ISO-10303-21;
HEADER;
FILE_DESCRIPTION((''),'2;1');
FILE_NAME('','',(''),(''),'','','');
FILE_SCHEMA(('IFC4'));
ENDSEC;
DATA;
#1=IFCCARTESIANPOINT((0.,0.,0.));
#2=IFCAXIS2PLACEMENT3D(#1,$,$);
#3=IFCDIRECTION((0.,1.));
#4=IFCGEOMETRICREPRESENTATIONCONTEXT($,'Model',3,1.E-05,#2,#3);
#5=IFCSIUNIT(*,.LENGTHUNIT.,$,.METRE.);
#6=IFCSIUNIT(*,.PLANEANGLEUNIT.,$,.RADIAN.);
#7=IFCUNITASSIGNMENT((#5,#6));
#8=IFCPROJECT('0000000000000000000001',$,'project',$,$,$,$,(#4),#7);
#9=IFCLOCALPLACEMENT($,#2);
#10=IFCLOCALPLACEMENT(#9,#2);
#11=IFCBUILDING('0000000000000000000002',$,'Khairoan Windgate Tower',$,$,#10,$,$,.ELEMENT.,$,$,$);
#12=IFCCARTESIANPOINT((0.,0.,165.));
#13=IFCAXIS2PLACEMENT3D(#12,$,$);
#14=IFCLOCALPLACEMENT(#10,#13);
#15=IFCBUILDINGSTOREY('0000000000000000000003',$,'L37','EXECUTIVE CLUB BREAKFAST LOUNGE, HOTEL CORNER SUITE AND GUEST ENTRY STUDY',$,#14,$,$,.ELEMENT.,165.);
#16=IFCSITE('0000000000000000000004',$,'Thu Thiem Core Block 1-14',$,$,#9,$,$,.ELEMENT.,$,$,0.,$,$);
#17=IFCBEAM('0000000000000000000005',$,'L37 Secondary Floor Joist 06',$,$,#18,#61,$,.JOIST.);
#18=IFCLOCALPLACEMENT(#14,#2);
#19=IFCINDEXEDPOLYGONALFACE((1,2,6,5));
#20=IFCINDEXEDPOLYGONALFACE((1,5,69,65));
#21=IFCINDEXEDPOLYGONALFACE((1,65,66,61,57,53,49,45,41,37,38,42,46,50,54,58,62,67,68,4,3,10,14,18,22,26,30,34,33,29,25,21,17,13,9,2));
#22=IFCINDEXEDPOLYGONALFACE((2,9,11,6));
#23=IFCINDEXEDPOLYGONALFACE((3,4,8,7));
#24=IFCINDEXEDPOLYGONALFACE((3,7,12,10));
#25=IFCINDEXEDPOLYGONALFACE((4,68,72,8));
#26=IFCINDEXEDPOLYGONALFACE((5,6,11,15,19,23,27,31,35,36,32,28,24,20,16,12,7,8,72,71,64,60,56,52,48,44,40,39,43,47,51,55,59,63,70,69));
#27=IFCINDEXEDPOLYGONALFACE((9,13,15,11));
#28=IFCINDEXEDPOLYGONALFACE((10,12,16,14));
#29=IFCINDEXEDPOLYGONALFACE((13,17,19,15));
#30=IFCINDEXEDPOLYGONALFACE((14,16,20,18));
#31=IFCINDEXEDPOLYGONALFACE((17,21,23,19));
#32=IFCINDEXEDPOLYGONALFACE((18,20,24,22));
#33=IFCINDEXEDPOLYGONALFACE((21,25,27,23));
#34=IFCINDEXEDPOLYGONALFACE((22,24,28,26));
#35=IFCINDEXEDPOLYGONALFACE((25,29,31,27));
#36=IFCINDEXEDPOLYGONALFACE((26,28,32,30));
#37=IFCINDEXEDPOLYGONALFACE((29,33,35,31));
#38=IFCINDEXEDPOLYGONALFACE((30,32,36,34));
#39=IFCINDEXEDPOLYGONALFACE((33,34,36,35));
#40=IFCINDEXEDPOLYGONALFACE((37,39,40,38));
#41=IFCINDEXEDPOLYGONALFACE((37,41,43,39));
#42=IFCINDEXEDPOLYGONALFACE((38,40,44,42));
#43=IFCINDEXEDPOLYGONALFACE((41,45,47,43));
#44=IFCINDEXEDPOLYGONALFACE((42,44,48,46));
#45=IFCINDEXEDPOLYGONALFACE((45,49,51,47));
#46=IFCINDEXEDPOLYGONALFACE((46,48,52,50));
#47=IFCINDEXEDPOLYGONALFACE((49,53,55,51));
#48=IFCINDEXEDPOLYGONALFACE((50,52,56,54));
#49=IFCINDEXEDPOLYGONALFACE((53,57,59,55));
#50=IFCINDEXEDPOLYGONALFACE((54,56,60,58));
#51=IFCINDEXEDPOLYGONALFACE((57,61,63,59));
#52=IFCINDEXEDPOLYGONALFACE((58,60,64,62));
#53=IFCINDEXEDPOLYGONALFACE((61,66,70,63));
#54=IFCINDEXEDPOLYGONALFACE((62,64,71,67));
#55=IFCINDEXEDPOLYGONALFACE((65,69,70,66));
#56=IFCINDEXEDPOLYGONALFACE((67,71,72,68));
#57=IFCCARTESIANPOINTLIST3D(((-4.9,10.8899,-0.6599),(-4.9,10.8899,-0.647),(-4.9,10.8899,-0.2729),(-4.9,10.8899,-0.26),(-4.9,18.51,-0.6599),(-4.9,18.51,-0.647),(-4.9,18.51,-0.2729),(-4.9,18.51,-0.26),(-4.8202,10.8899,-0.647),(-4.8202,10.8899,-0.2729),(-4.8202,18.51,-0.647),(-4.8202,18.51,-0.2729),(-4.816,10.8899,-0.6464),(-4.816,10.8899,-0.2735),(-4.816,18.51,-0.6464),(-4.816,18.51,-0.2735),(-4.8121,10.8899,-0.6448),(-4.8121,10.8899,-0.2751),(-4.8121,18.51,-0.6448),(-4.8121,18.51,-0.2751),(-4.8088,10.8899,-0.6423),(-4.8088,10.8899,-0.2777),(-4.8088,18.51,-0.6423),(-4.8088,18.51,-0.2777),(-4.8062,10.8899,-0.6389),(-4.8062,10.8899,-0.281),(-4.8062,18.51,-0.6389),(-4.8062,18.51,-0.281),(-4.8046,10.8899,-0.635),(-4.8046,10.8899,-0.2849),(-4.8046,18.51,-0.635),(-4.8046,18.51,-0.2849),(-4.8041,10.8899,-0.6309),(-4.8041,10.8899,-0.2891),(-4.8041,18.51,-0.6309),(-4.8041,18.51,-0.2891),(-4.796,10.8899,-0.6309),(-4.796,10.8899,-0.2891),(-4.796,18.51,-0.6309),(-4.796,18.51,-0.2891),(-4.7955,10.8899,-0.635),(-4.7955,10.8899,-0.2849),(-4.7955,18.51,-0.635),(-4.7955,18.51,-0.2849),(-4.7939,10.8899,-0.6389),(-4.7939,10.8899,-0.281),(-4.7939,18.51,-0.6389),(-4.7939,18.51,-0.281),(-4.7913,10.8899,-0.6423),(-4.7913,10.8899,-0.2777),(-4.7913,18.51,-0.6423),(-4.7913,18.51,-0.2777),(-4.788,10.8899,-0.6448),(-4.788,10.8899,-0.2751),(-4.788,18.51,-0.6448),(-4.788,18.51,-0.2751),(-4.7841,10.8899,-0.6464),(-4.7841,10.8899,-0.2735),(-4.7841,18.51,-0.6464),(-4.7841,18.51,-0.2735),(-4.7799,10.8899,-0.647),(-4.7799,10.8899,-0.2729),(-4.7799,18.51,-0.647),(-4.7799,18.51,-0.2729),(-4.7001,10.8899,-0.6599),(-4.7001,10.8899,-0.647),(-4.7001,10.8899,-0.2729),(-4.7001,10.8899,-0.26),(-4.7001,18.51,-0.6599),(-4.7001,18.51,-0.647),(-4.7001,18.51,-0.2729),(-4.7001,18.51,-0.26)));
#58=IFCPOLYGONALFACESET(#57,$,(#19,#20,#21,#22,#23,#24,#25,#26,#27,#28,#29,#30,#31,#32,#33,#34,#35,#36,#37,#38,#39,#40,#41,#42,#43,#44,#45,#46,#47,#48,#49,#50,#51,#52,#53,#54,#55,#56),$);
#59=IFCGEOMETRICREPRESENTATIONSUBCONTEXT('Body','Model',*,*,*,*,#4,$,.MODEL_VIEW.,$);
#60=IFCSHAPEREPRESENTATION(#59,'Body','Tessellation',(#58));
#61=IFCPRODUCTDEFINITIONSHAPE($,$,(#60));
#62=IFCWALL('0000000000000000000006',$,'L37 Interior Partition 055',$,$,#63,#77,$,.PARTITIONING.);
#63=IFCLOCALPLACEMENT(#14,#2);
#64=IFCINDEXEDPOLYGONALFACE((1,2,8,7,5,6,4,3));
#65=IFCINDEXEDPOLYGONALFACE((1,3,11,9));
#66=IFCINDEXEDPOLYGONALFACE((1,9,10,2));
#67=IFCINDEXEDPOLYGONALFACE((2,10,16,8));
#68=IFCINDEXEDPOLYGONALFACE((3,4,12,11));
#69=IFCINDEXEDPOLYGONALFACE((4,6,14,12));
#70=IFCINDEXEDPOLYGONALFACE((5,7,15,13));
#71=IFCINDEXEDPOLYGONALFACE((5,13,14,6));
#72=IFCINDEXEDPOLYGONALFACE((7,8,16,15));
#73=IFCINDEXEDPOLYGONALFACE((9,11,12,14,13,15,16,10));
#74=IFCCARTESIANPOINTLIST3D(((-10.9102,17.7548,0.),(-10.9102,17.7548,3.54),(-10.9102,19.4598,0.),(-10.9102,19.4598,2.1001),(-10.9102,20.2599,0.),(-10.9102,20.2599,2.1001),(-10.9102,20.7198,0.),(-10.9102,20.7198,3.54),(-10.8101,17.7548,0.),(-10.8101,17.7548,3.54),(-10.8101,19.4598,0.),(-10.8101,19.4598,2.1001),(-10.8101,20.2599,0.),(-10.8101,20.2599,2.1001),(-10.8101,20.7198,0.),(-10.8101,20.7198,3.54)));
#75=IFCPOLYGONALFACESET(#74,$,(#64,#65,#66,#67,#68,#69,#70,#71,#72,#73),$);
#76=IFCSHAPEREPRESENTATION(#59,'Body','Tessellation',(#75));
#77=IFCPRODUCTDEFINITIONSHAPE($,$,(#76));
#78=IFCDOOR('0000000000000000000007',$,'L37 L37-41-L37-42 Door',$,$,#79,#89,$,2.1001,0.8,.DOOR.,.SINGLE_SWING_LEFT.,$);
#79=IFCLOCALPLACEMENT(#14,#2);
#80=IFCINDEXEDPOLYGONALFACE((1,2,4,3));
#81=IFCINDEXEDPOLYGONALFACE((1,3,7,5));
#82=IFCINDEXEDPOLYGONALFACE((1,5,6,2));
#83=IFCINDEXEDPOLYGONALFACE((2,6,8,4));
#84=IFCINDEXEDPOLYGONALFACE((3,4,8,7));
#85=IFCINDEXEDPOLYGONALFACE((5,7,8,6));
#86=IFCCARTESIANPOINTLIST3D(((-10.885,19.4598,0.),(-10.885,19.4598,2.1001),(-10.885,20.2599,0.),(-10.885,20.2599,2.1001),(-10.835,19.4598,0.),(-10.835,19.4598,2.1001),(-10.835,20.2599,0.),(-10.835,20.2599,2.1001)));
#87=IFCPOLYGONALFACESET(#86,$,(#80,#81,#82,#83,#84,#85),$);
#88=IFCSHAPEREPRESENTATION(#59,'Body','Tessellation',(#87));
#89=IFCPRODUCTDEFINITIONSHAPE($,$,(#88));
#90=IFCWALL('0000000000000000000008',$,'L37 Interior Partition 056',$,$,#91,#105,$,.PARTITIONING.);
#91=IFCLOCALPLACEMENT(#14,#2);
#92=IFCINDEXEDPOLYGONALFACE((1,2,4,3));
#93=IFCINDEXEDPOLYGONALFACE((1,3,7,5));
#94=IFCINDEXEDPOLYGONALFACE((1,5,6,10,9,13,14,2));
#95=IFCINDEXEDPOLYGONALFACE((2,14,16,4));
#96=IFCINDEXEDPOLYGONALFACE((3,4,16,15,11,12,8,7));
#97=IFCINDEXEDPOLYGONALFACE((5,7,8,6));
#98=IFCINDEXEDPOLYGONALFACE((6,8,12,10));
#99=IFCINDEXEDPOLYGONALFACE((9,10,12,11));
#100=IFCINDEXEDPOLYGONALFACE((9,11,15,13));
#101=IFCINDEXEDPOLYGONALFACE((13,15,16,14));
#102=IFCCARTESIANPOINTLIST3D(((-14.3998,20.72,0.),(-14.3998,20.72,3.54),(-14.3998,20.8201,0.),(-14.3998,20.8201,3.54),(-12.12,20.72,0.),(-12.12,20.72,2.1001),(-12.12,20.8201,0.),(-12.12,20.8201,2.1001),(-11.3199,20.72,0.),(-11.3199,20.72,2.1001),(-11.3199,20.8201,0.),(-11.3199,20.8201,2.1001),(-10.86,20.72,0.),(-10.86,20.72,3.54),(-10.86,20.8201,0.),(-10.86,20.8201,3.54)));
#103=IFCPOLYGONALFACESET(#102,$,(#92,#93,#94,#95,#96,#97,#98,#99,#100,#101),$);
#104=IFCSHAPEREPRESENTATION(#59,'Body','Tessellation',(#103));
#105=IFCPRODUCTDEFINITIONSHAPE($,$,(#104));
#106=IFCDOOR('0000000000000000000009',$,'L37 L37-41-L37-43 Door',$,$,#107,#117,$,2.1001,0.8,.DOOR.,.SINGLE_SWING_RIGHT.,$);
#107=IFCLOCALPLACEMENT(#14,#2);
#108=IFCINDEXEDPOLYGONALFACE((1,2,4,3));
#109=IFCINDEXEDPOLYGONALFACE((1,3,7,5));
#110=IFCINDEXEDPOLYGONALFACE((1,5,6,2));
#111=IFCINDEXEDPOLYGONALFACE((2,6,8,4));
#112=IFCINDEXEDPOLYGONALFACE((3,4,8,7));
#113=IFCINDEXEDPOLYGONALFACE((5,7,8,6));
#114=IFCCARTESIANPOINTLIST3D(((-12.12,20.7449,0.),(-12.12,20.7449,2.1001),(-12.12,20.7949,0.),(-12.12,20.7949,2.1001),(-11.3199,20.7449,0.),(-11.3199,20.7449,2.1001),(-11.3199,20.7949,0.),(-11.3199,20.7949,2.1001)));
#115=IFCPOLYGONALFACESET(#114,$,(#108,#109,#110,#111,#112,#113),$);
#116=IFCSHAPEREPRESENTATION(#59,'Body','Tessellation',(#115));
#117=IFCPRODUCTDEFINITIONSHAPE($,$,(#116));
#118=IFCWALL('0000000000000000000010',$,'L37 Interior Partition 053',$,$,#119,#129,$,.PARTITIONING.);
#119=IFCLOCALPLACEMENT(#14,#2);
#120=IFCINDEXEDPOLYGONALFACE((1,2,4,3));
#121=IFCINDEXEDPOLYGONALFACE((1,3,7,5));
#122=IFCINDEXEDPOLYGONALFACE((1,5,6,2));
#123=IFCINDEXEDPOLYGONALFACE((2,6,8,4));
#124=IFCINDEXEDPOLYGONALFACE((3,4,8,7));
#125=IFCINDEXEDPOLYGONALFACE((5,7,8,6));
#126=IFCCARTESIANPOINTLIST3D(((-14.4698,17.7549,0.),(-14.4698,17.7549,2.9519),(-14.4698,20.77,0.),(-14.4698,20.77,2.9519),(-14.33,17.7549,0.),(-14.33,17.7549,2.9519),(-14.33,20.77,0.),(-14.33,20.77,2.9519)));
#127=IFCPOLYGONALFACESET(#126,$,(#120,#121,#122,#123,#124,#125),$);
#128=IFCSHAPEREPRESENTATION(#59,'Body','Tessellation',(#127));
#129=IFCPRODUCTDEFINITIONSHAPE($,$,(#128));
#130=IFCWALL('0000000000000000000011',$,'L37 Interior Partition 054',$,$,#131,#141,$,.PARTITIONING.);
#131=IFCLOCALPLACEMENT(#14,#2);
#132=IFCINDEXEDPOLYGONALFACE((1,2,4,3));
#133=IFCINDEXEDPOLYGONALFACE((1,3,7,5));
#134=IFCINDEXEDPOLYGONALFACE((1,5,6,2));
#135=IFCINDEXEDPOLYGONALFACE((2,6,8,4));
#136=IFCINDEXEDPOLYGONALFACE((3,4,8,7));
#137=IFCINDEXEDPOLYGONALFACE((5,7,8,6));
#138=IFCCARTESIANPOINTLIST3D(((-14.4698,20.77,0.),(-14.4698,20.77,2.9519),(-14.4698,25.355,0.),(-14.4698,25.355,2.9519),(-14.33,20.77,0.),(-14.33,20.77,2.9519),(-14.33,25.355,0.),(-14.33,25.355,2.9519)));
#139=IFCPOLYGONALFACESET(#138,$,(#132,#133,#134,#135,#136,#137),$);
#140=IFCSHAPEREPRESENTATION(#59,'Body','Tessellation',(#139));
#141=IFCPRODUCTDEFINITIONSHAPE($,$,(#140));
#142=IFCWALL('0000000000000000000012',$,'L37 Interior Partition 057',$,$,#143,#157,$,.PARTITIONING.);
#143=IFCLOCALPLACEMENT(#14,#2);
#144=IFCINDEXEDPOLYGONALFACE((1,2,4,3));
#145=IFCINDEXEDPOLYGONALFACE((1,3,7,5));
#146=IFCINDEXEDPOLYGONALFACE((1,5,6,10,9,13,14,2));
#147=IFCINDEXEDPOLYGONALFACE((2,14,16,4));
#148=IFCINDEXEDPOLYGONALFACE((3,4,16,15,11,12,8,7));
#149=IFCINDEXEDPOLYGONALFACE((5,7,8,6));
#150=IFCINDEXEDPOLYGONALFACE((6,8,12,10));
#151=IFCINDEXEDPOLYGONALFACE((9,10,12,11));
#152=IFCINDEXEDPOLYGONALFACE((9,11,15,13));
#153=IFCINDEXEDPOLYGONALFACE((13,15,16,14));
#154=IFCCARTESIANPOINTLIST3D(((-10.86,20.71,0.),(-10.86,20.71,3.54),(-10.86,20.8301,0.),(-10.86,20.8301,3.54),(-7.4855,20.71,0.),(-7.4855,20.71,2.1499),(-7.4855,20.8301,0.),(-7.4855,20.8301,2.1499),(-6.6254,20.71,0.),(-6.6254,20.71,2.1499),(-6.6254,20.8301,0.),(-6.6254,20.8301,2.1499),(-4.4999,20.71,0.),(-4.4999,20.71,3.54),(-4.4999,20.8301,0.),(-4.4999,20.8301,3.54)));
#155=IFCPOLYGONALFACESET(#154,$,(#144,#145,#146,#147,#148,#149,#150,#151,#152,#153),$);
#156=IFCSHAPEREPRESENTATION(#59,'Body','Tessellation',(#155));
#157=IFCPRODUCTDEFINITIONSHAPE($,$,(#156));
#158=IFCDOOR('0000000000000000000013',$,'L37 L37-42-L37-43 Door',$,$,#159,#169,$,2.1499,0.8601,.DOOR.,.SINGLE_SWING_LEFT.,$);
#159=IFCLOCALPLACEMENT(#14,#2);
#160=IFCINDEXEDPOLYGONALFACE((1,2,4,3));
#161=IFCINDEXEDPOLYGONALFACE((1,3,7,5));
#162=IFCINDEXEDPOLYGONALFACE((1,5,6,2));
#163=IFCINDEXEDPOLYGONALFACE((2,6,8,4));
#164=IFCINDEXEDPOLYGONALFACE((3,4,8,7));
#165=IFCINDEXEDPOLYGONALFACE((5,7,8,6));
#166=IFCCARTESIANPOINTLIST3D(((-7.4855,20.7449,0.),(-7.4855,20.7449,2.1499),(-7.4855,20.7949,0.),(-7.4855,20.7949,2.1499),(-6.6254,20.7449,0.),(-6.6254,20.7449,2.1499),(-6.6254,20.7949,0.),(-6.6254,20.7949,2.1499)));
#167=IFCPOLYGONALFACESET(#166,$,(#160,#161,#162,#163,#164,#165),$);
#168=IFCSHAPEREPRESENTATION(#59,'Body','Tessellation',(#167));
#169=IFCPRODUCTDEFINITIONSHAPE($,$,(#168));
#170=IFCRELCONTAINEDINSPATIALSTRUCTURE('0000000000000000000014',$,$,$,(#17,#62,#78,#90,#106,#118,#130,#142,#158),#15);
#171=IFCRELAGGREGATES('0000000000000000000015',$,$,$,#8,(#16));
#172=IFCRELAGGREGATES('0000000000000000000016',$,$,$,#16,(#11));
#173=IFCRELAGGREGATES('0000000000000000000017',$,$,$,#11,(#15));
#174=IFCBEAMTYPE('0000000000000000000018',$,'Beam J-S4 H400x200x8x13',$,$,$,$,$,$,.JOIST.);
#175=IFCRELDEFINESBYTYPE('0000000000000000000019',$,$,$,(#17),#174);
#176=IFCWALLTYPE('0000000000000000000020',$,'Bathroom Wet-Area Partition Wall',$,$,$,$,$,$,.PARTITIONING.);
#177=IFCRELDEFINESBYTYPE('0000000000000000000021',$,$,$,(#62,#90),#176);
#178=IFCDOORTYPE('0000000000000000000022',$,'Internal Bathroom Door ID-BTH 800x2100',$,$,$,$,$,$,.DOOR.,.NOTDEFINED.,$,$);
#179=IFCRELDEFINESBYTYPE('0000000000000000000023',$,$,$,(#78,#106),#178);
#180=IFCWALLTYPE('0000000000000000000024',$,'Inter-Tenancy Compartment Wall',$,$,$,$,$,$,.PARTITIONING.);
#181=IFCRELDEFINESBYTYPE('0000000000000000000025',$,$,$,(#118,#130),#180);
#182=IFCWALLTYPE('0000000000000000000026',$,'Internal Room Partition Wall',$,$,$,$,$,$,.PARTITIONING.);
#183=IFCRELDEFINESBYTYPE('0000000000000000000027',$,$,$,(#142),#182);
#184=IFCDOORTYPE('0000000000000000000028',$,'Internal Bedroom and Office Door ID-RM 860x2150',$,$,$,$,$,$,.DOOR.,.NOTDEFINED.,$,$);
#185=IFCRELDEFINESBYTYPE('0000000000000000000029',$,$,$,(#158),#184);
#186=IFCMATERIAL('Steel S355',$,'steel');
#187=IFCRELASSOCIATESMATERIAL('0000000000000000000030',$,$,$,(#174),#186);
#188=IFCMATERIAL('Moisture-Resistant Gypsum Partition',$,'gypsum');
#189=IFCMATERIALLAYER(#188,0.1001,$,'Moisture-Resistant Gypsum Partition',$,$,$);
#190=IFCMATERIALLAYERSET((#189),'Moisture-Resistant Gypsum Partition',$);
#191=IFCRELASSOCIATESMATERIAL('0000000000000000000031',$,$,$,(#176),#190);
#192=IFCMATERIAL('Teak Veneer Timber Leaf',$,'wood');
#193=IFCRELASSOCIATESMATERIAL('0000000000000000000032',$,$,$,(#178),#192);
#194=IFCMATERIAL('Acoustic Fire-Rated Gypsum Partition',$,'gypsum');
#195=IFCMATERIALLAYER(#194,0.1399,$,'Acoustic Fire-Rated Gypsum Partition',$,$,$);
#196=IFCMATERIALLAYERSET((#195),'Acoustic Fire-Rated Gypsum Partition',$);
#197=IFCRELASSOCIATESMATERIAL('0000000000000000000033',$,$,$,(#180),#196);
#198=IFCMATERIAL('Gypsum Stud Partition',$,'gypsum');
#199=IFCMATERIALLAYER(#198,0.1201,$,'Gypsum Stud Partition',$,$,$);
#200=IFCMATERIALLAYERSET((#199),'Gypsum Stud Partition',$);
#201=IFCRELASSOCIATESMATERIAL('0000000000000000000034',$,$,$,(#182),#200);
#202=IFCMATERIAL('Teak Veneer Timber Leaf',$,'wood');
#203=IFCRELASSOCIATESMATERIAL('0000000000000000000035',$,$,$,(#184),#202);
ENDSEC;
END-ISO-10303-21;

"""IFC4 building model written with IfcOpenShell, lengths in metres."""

from ifc_helpers import new_model, si_unit, direction, frame, frame_2d, origin, origin_2d, place, context, subcontext, project, spatial, rectangle, i_section, extrude, material, layer, layer_set, material_profile, profile_set, type_object, element, fill, save


model = new_model("IFC4")

# Units and contexts
model_context = context("Model", 3, precision=1e-05, world=origin(), true_north=direction((0.0, 1.0)))
body_context = subcontext(model_context, "Body", "Model", "MODEL_VIEW")
ifc_project = project(units=[si_unit("LENGTHUNIT", "METRE"), si_unit("PLANEANGLEUNIT", "RADIAN")], contexts=[model_context])

# Site, building, storey
site_placement = place(None, origin())
site = spatial("IfcSite", under=ifc_project, at=site_placement, Name="Thu Thiem Core Block 1-14", CompositionType="ELEMENT", RefElevation=0.0)
building_placement = place(site_placement, origin())
building = spatial("IfcBuilding", under=site, at=building_placement, Name="Khairoan Windgate Tower", CompositionType="ELEMENT")
storey_placement = place(building_placement, frame((0.0, 0.0, 165.0)))
storey = spatial("IfcBuildingStorey", under=building, at=storey_placement, Name="L37", Description="EXECUTIVE CLUB BREAKFAST LOUNGE, HOTEL CORNER SUITE AND GUEST ENTRY STUDY", CompositionType="ELEMENT", Elevation=165.0)

# Beam
ifc_material_1 = material(Name="Steel S355", Category="steel")
ifc_material_profile_1 = material_profile(ifc_material_1, i_section(OverallWidth=0.2, OverallDepth=0.3999, WebThickness=0.0081, FlangeThickness=0.0129, FilletRadius=0.0161, at=origin_2d()))
ifc_profile_set_1 = profile_set([ifc_material_profile_1], Name="Steel S355")
beam_type_1 = type_object("IfcBeamType", Name="Beam J-S4 H400x200x8x13", PredefinedType="JOIST", material=ifc_profile_set_1)
beam_1_placement = place(storey_placement, frame((-4.8, 10.8899, -0.46), z_axis=(0.0, 1.0, 0.0), x_axis=(-1.0, 0.0, 0.0)))
element("IfcBeam", 1, at=beam_1_placement, inside=storey, type_object=beam_type_1, Name="L37 Secondary Floor Joist 06", PredefinedType="JOIST", context=body_context, shape_type="SweptSolid", body=[
    extrude(i_section(OverallWidth=0.2, OverallDepth=0.3999, WebThickness=0.0081, FlangeThickness=0.0129, FilletRadius=0.0161, at=origin_2d()), origin(), (0.0, 0.0, 1.0), 7.6201),
])

# Walls, openings, doors
ifc_material_2 = material(Name="Moisture-Resistant Gypsum Partition", Category="gypsum")
ifc_layer_1 = layer(ifc_material_2, 0.1001, Name="Moisture-Resistant Gypsum Partition")
ifc_layer_set_1 = layer_set([ifc_layer_1], Name="Moisture-Resistant Gypsum Partition")
wall_type_1 = type_object("IfcWallType", Name="Bathroom Wet-Area Partition Wall", PredefinedType="PARTITIONING", material=ifc_layer_set_1)
wall_1_placement = place(storey_placement, frame((-10.8601, 17.7549, 0.0), z_axis=(0.0, 0.0, 1.0), x_axis=(0.0, 1.0, 0.0)))
wall_1 = element("IfcWall", 2, at=wall_1_placement, inside=storey, type_object=wall_type_1, Name="L37 Interior Partition 055", PredefinedType="PARTITIONING", context=body_context, shape_type="SweptSolid", body=[
    extrude(rectangle(XDim=2.9651, YDim=0.1001, at=frame_2d((1.4824, 0.0))), origin(), (0.0, 0.0, 1.0), 3.54),
])
opening_1_placement = place(wall_1_placement, frame((1.7051, 0.0, 0.0)))
opening_1 = element("IfcOpeningElement", 3, at=opening_1_placement, cuts=wall_1, PredefinedType="OPENING", context=body_context, shape_type="SweptSolid", body=[
    extrude(rectangle(XDim=0.8, YDim=2.1001, at=frame_2d((0.3999, 1.05))), frame((0.0, 0.0601, 0.0), z_axis=(0.0, -1.0, 0.0), x_axis=(1.0, 0.0, 0.0)), (0.0, 0.0, 1.0), 0.1201),
])
ifc_material_3 = material(Name="Teak Veneer Timber Leaf", Category="wood")
door_type_1 = type_object("IfcDoorType", Name="Internal Bathroom Door ID-BTH 800x2100", OperationType="NOTDEFINED", PredefinedType="DOOR", material=ifc_material_3)
door_1_placement = place(opening_1_placement, origin())
door_1 = element("IfcDoor", 4, at=door_1_placement, inside=storey, type_object=door_type_1, Name="L37 L37-41-L37-42 Door", OperationType="SINGLE_SWING_LEFT", OverallHeight=2.1001, OverallWidth=0.8, PredefinedType="DOOR", context=body_context, shape_type="SweptSolid", body=[
    extrude(rectangle(XDim=0.8, YDim=2.1001, at=frame_2d((0.3999, 1.05))), frame((0.0, 0.0249, 0.0), z_axis=(0.0, -1.0, 0.0), x_axis=(1.0, 0.0, 0.0)), (0.0, 0.0, 1.0), 0.05),
])
fill(opening_1, door_1)
wall_2_placement = place(storey_placement, frame((-14.3999, 20.77, 0.0), z_axis=(0.0, 0.0, 1.0), x_axis=(1.0, 0.0, 0.0)))
wall_2 = element("IfcWall", 5, at=wall_2_placement, inside=storey, type_object=wall_type_1, Name="L37 Interior Partition 056", PredefinedType="PARTITIONING", context=body_context, shape_type="SweptSolid", body=[
    extrude(rectangle(XDim=3.5398, YDim=0.1001, at=frame_2d((1.77, 0.0))), origin(), (0.0, 0.0, 1.0), 3.54),
])
opening_2_placement = place(wall_2_placement, frame((2.28, 0.0, 0.0)))
opening_2 = element("IfcOpeningElement", 6, at=opening_2_placement, cuts=wall_2, PredefinedType="OPENING", context=body_context, shape_type="SweptSolid", body=[
    extrude(rectangle(XDim=0.8, YDim=2.1001, at=frame_2d((0.3999, 1.05))), frame((0.0, 0.0601, 0.0), z_axis=(0.0, -1.0, 0.0), x_axis=(1.0, 0.0, 0.0)), (0.0, 0.0, 1.0), 0.1201),
])
door_2_placement = place(opening_2_placement, origin())
door_2 = element("IfcDoor", 7, at=door_2_placement, inside=storey, type_object=door_type_1, Name="L37 L37-41-L37-43 Door", OperationType="SINGLE_SWING_RIGHT", OverallHeight=2.1001, OverallWidth=0.8, PredefinedType="DOOR", context=body_context, shape_type="SweptSolid", body=[
    extrude(rectangle(XDim=0.8, YDim=2.1001, at=frame_2d((0.3999, 1.05))), frame((0.0, 0.0249, 0.0), z_axis=(0.0, -1.0, 0.0), x_axis=(1.0, 0.0, 0.0)), (0.0, 0.0, 1.0), 0.05),
])
fill(opening_2, door_2)

# Walls
ifc_material_4 = material(Name="Acoustic Fire-Rated Gypsum Partition", Category="gypsum")
ifc_layer_2 = layer(ifc_material_4, 0.1399, Name="Acoustic Fire-Rated Gypsum Partition")
ifc_layer_set_2 = layer_set([ifc_layer_2], Name="Acoustic Fire-Rated Gypsum Partition")
wall_type_2 = type_object("IfcWallType", Name="Inter-Tenancy Compartment Wall", PredefinedType="PARTITIONING", material=ifc_layer_set_2)
wall_3_placement = place(storey_placement, frame((-14.3999, 17.7549, 0.0), z_axis=(0.0, 0.0, 1.0), x_axis=(0.0, 1.0, 0.0)))
element("IfcWall", 8, at=wall_3_placement, inside=storey, type_object=wall_type_2, Name="L37 Interior Partition 053", PredefinedType="PARTITIONING", context=body_context, shape_type="SweptSolid", body=[
    extrude(rectangle(XDim=3.0151, YDim=0.1399, at=frame_2d((1.5076, 0.0))), origin(), (0.0, 0.0, 1.0), 2.9519),
])
wall_4_placement = place(storey_placement, frame((-14.3999, 20.77, 0.0), z_axis=(0.0, 0.0, 1.0), x_axis=(0.0, 1.0, 0.0)))
element("IfcWall", 9, at=wall_4_placement, inside=storey, type_object=wall_type_2, Name="L37 Interior Partition 054", PredefinedType="PARTITIONING", context=body_context, shape_type="SweptSolid", body=[
    extrude(rectangle(XDim=4.585, YDim=0.1399, at=frame_2d((2.2925, 0.0))), origin(), (0.0, 0.0, 1.0), 2.9519),
])

# Wall, opening, door
ifc_material_5 = material(Name="Gypsum Stud Partition", Category="gypsum")
ifc_layer_3 = layer(ifc_material_5, 0.1201, Name="Gypsum Stud Partition")
ifc_layer_set_3 = layer_set([ifc_layer_3], Name="Gypsum Stud Partition")
wall_type_3 = type_object("IfcWallType", Name="Internal Room Partition Wall", PredefinedType="PARTITIONING", material=ifc_layer_set_3)
wall_5_placement = place(storey_placement, frame((-10.8601, 20.77, 0.0), z_axis=(0.0, 0.0, 1.0), x_axis=(1.0, 0.0, 0.0)))
wall_5 = element("IfcWall", 10, at=wall_5_placement, inside=storey, type_object=wall_type_3, Name="L37 Interior Partition 057", PredefinedType="PARTITIONING", context=body_context, shape_type="SweptSolid", body=[
    extrude(rectangle(XDim=6.3601, YDim=0.1201, at=frame_2d((3.1802, 0.0))), origin(), (0.0, 0.0, 1.0), 3.54),
])
opening_3_placement = place(wall_5_placement, frame((3.3745, 0.0, 0.0)))
opening_3 = element("IfcOpeningElement", 11, at=opening_3_placement, cuts=wall_5, PredefinedType="OPENING", context=body_context, shape_type="SweptSolid", body=[
    extrude(rectangle(XDim=0.8601, YDim=2.1499, at=frame_2d((0.4302, 1.075))), frame((0.0, 0.0701, 0.0), z_axis=(0.0, -1.0, 0.0), x_axis=(1.0, 0.0, 0.0)), (0.0, 0.0, 1.0), 0.1401),
])
ifc_material_6 = material(Name="Teak Veneer Timber Leaf", Category="wood")
door_type_2 = type_object("IfcDoorType", Name="Internal Bedroom and Office Door ID-RM 860x2150", OperationType="NOTDEFINED", PredefinedType="DOOR", material=ifc_material_6)
door_3_placement = place(opening_3_placement, origin())
door_3 = element("IfcDoor", 12, at=door_3_placement, inside=storey, type_object=door_type_2, Name="L37 L37-42-L37-43 Door", OperationType="SINGLE_SWING_LEFT", OverallHeight=2.1499, OverallWidth=0.8601, PredefinedType="DOOR", context=body_context, shape_type="SweptSolid", body=[
    extrude(rectangle(XDim=0.8601, YDim=2.1499, at=frame_2d((0.4302, 1.075))), frame((0.0, 0.0249, 0.0), z_axis=(0.0, -1.0, 0.0), x_axis=(1.0, 0.0, 0.0)), (0.0, 0.0, 1.0), 0.05),
])
fill(opening_3, door_3)

save(model, "model.ifc")
